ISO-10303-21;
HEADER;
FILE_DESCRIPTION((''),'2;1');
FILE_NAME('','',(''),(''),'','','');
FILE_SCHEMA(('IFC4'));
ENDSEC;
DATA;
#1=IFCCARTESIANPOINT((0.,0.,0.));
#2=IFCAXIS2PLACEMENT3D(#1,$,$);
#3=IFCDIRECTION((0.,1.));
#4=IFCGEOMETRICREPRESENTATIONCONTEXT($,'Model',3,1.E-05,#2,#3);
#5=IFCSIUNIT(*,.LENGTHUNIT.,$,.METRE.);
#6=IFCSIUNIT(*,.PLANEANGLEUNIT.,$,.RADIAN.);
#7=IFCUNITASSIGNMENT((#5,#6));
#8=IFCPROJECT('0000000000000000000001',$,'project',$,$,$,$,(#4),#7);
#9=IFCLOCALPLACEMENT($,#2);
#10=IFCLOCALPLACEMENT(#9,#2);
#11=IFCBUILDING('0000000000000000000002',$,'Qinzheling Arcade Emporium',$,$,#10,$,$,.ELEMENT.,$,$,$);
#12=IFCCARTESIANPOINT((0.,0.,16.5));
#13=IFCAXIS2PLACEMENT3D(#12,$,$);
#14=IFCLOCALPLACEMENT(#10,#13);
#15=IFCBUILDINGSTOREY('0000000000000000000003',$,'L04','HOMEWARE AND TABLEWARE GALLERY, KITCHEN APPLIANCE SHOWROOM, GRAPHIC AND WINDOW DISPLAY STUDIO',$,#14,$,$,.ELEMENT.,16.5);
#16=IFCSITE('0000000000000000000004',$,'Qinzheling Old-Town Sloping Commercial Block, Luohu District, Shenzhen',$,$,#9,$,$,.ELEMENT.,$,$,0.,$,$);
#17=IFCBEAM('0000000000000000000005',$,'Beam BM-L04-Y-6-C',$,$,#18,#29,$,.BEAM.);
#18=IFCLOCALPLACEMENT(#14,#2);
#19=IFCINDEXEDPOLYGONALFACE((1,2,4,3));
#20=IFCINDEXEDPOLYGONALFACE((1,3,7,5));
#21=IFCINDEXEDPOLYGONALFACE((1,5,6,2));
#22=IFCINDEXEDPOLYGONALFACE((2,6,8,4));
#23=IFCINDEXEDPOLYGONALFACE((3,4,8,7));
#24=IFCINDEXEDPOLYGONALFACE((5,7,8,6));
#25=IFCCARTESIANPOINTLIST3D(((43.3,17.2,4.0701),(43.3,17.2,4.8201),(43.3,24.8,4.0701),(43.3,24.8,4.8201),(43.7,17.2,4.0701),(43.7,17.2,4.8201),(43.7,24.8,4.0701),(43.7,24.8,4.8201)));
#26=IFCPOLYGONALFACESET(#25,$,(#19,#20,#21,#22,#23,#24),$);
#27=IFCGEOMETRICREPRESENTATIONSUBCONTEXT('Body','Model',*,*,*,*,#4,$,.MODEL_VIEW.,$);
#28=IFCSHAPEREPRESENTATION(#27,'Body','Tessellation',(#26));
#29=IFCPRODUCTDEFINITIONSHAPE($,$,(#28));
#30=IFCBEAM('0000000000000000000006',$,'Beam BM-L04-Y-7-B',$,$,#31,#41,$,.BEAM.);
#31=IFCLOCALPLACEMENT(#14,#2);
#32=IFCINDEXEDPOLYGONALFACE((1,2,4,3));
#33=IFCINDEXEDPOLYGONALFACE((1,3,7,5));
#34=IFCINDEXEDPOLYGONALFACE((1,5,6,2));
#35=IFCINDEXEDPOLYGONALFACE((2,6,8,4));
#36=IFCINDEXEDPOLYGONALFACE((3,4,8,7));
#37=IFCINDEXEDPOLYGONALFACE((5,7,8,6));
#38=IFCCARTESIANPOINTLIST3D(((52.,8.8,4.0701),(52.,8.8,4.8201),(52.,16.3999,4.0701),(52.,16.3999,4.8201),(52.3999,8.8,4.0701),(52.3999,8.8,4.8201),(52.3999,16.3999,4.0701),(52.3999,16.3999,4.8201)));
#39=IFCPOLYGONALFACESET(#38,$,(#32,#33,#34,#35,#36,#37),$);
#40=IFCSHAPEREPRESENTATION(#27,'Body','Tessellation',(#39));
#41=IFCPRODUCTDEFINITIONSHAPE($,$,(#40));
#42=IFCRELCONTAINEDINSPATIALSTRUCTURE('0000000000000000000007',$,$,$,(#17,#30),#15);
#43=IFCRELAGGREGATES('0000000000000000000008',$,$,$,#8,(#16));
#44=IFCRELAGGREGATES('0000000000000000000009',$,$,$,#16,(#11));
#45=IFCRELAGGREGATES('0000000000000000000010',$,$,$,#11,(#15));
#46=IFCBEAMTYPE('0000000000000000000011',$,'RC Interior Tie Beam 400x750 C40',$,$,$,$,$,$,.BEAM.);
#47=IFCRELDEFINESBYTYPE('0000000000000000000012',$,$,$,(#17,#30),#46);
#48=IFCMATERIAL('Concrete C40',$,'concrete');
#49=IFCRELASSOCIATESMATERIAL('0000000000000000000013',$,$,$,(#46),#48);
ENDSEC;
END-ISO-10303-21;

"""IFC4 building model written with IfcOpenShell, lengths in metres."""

from ifc_helpers import new_model, si_unit, direction, frame, origin, origin_2d, place, context, subcontext, project, spatial, rectangle, extrude, material, material_profile, profile_set, type_object, element, save


model = new_model("IFC4")

# Units and contexts
model_context = context("Model", 3, precision=1e-05, world=origin(), true_north=direction((0.0, 1.0)))
body_context = subcontext(model_context, "Body", "Model", "MODEL_VIEW")
ifc_project = project(units=[si_unit("LENGTHUNIT", "METRE"), si_unit("PLANEANGLEUNIT", "RADIAN")], contexts=[model_context])

# Site, building, storey
site_placement = place(None, origin())
site = spatial("IfcSite", under=ifc_project, at=site_placement, Name="Qinzheling Old-Town Sloping Commercial Block, Luohu District, Shenzhen", CompositionType="ELEMENT", RefElevation=0.0)
building_placement = place(site_placement, origin())
building = spatial("IfcBuilding", under=site, at=building_placement, Name="Qinzheling Arcade Emporium", CompositionType="ELEMENT")
storey_placement = place(building_placement, frame((0.0, 0.0, 16.5)))
storey = spatial("IfcBuildingStorey", under=building, at=storey_placement, Name="L04", Description="HOMEWARE AND TABLEWARE GALLERY, KITCHEN APPLIANCE SHOWROOM, GRAPHIC AND WINDOW DISPLAY STUDIO", CompositionType="ELEMENT", Elevation=16.5)

# Shared definitions
ifc_material_1 = material(Name="Concrete C40", Category="concrete")

# Beams
ifc_material_profile_1 = material_profile(ifc_material_1, rectangle(XDim=0.3999, YDim=0.75, at=origin_2d()), Name="RC 400x750", Category="concrete")
ifc_profile_set_1 = profile_set([ifc_material_profile_1], Name="Concrete C40")
beam_type = type_object("IfcBeamType", Name="RC Interior Tie Beam 400x750 C40", PredefinedType="BEAM", material=ifc_profile_set_1)
beam_1_placement = place(storey_placement, frame((43.5, 17.2, 4.4451), z_axis=(0.0, 1.0, 0.0), x_axis=(-1.0, 0.0, 0.0)))
element("IfcBeam", 1, at=beam_1_placement, inside=storey, type_object=beam_type, Name="Beam BM-L04-Y-6-C", PredefinedType="BEAM", context=body_context, shape_type="SweptSolid", body=[
    extrude(rectangle(XDim=0.3999, YDim=0.75, at=origin_2d()), origin(), (0.0, 0.0, 1.0), 7.6001),
])
beam_2_placement = place(storey_placement, frame((52.2, 8.8, 4.4451), z_axis=(0.0, 1.0, 0.0), x_axis=(-1.0, 0.0, 0.0)))
element("IfcBeam", 2, at=beam_2_placement, inside=storey, type_object=beam_type, Name="Beam BM-L04-Y-7-B", PredefinedType="BEAM", context=body_context, shape_type="SweptSolid", body=[
    extrude(rectangle(XDim=0.3999, YDim=0.75, at=origin_2d()), origin(), (0.0, 0.0, 1.0), 7.5999),
])

save(model, "model.ifc")
